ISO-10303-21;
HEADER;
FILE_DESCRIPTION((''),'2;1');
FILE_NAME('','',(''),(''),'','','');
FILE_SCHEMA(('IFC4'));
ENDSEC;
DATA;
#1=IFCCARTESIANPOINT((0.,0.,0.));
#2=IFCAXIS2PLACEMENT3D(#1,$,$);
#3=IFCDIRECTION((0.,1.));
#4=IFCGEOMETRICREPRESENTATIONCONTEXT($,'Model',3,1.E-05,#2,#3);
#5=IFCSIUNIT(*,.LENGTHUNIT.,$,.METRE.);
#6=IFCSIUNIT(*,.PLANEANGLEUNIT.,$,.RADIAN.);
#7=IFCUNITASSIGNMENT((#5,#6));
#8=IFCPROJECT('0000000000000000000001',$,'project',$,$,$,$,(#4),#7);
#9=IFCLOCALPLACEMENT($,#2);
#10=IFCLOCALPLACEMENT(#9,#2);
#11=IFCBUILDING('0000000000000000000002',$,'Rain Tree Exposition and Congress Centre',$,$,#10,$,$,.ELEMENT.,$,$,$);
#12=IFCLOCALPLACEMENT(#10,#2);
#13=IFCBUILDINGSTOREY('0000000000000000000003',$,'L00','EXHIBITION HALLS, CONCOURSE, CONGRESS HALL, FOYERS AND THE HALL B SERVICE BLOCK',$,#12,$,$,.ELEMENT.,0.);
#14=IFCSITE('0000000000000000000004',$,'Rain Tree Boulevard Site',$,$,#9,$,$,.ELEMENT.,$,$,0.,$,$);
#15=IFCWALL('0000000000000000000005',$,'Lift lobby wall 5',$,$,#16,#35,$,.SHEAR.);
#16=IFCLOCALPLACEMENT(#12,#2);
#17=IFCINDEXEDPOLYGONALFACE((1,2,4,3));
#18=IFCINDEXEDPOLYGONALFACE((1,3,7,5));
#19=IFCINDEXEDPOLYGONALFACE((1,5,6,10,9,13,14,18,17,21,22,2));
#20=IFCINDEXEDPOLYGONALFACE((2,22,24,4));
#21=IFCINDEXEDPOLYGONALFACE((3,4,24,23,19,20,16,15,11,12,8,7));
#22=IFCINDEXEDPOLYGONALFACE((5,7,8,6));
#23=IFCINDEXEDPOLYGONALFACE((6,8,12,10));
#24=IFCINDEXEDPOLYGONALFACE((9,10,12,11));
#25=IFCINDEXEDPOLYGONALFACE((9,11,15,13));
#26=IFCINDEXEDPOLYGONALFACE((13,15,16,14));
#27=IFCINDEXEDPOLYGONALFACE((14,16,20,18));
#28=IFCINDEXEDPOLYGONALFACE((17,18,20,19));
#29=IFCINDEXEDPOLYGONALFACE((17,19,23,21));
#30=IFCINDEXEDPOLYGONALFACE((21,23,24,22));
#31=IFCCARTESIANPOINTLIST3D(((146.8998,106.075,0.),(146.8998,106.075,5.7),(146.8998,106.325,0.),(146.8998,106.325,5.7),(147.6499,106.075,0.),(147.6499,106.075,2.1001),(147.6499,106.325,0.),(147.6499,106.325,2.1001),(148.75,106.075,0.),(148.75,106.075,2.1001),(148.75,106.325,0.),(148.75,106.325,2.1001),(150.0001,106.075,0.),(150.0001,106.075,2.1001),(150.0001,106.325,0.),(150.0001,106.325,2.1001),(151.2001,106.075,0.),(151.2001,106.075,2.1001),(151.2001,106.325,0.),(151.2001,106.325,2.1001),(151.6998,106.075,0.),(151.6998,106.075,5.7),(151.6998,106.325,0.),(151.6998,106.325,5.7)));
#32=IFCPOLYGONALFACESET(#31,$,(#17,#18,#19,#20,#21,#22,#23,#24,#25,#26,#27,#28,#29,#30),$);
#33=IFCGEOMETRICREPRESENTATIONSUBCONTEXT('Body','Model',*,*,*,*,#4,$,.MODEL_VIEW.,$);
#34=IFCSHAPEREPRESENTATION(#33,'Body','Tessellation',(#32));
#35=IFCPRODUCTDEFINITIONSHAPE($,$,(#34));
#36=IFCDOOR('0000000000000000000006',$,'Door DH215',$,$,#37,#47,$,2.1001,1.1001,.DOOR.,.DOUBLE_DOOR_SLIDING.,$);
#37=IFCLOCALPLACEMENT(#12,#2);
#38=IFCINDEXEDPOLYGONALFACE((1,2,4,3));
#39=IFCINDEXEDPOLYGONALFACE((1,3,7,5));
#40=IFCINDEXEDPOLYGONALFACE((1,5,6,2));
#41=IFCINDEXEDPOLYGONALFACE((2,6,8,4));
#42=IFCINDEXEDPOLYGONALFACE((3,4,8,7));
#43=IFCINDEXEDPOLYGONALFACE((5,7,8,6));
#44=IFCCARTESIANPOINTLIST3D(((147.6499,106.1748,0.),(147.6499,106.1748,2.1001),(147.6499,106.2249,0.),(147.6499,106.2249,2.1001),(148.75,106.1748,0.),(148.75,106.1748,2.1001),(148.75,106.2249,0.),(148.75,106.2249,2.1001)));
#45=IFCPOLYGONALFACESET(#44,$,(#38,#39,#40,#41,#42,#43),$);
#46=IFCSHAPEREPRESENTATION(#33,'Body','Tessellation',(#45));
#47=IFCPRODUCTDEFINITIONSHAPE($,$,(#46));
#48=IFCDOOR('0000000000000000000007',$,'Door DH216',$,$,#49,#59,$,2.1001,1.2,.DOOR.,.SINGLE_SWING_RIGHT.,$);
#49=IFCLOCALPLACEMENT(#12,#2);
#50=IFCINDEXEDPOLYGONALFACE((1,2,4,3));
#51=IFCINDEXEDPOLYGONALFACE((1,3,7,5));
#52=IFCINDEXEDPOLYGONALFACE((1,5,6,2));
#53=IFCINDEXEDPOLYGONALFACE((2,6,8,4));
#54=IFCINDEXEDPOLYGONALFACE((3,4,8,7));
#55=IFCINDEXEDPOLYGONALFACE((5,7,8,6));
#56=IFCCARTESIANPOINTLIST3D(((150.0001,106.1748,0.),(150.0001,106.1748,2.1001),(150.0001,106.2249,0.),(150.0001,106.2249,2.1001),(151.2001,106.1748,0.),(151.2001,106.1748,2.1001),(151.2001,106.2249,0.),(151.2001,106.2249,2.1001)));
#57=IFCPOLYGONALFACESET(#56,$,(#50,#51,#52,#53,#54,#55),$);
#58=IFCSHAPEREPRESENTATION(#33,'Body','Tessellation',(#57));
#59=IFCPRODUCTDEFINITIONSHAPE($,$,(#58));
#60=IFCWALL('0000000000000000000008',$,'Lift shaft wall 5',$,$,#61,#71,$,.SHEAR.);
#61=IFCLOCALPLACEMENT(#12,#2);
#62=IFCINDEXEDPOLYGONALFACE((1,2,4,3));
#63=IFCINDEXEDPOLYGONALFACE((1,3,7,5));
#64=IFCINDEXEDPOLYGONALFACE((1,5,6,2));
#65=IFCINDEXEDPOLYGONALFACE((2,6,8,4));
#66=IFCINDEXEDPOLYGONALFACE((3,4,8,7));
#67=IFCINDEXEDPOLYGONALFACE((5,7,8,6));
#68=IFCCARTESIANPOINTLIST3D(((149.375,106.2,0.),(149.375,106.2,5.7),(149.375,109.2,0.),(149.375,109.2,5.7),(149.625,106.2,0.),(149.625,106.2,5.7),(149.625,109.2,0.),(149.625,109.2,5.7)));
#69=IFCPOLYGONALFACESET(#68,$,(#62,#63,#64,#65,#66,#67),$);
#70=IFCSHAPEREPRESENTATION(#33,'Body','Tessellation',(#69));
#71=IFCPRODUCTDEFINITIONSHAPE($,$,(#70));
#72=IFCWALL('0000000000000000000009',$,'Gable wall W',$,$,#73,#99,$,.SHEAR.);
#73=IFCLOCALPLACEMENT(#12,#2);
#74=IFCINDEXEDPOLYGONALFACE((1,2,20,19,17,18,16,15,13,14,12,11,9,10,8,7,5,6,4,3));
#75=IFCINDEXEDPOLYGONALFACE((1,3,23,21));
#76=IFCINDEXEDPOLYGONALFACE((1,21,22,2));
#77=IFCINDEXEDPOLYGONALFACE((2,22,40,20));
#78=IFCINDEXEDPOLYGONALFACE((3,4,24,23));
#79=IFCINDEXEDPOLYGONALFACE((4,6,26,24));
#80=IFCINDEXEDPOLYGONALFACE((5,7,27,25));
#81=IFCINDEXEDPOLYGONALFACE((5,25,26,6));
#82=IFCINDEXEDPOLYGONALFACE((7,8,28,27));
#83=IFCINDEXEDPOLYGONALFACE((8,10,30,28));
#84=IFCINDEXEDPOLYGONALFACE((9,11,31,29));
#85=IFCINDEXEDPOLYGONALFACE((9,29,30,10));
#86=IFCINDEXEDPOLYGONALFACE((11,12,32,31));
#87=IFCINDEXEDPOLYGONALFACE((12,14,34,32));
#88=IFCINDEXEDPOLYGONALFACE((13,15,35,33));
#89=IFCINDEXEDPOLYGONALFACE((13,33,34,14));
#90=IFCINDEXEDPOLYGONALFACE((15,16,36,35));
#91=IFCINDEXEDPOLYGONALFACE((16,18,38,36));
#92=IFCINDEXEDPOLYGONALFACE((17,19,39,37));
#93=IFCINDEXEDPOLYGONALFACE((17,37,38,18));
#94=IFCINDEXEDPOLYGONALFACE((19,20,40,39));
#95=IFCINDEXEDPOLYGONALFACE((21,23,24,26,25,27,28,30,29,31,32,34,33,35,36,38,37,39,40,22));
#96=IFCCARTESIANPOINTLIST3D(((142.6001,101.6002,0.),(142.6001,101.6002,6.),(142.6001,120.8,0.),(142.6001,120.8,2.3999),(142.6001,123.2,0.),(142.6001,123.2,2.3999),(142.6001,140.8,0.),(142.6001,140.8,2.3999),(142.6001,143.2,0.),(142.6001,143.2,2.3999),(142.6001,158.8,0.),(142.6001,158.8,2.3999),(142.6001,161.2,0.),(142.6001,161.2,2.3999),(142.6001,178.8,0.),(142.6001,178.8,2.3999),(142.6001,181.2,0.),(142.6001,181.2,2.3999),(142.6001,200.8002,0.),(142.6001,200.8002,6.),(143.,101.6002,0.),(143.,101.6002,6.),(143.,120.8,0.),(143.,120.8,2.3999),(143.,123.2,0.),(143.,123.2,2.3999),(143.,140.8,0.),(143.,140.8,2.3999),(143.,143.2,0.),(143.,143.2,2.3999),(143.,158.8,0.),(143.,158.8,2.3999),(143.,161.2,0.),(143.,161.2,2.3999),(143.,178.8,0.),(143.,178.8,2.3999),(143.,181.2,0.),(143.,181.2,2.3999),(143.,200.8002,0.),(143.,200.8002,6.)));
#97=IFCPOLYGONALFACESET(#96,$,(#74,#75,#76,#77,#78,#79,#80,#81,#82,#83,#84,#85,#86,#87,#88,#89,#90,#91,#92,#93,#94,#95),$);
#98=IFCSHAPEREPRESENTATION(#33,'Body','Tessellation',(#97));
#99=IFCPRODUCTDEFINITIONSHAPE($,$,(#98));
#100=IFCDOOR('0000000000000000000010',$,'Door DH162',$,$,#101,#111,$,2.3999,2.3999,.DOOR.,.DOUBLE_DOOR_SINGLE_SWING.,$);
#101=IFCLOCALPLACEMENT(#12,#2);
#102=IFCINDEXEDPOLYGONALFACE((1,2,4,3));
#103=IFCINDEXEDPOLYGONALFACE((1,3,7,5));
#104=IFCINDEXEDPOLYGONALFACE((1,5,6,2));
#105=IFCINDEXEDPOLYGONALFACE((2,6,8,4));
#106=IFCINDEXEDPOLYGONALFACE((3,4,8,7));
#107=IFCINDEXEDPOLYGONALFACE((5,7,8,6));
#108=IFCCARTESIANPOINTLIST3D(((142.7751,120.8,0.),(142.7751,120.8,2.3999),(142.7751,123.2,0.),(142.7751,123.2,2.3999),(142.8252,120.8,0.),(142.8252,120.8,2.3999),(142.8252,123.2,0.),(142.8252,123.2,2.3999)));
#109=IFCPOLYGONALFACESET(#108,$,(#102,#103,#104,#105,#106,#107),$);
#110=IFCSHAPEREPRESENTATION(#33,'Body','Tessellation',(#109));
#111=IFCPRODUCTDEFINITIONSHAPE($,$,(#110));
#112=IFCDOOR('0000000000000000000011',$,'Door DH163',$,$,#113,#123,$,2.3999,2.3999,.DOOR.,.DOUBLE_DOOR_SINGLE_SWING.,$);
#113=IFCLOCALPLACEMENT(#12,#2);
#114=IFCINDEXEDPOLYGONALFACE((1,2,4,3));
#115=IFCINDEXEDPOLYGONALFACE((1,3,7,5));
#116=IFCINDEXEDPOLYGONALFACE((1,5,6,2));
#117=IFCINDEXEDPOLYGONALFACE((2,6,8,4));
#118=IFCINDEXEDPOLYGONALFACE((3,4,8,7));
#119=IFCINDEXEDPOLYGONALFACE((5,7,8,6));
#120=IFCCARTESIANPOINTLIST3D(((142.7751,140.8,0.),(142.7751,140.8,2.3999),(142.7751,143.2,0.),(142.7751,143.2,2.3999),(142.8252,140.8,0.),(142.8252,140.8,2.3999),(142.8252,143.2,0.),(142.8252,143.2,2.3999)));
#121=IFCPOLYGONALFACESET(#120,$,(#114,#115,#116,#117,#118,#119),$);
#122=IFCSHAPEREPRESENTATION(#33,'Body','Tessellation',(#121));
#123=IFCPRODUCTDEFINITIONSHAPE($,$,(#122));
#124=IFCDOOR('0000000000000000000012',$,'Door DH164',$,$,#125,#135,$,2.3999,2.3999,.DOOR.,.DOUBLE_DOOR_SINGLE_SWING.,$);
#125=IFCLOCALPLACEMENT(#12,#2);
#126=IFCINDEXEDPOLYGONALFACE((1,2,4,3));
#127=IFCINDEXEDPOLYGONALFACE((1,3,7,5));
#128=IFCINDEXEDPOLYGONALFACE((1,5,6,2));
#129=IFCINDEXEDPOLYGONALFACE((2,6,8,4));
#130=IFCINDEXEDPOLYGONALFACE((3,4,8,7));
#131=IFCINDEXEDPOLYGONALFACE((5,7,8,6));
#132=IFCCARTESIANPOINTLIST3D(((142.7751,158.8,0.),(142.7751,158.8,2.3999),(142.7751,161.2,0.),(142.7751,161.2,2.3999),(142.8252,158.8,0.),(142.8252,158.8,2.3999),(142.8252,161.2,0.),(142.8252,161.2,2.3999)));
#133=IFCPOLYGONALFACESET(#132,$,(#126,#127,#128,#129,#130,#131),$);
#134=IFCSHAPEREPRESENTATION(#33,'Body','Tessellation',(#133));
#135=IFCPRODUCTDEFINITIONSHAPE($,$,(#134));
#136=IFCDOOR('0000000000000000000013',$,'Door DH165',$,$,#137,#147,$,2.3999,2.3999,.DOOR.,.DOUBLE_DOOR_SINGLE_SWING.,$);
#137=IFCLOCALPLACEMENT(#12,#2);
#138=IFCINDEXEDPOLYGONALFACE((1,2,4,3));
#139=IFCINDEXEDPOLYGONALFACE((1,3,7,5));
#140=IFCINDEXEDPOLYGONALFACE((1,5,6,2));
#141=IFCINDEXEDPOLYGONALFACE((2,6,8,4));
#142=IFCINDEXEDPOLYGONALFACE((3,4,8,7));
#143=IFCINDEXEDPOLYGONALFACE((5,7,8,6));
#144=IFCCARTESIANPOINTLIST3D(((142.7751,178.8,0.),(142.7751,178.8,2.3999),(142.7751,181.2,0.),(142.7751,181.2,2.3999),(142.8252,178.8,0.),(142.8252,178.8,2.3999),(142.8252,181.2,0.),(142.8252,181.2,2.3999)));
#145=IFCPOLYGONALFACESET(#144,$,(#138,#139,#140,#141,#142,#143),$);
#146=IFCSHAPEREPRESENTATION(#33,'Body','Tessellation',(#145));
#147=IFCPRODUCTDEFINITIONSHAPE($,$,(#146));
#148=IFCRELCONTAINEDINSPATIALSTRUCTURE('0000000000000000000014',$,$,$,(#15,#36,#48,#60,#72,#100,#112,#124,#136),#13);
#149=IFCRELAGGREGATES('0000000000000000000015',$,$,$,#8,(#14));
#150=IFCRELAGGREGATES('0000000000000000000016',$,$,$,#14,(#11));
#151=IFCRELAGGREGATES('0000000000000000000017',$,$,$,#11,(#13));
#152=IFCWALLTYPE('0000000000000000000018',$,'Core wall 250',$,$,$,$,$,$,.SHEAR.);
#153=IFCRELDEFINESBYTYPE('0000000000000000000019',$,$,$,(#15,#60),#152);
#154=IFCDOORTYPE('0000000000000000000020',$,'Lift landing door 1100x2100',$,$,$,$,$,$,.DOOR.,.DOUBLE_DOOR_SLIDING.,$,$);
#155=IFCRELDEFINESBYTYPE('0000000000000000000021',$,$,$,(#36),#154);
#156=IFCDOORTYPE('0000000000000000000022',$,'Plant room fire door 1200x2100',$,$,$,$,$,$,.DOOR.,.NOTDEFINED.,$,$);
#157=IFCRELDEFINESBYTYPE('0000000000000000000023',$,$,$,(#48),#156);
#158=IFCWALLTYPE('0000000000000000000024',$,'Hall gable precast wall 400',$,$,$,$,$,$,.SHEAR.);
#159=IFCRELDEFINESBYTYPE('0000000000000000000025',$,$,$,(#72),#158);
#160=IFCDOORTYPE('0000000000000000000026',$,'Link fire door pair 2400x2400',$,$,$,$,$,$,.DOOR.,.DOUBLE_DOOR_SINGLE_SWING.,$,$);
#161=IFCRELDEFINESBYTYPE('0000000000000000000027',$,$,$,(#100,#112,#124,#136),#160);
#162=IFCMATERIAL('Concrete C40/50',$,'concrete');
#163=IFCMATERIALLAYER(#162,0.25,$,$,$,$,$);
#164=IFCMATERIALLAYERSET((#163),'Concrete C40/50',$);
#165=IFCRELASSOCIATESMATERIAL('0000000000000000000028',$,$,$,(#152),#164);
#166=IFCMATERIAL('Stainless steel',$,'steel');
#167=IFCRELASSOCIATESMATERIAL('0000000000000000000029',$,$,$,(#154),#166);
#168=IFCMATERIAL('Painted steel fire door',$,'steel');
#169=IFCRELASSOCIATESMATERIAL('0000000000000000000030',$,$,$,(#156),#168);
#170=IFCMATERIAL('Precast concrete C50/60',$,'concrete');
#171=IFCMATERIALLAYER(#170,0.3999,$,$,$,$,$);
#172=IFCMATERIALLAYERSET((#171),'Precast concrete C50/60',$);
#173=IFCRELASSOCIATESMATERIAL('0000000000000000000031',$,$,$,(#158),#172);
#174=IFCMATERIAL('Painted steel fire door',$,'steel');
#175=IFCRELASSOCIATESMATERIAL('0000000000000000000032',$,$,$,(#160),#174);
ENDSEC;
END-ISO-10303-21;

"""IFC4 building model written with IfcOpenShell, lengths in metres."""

from ifc_helpers import new_model, si_unit, direction, frame, frame_2d, origin, place, context, subcontext, project, spatial, rectangle, extrude, material, layer, layer_set, type_object, element, fill, save


model = new_model("IFC4")

# Units and contexts
model_context = context("Model", 3, precision=1e-05, world=origin(), true_north=direction((0.0, 1.0)))
body_context = subcontext(model_context, "Body", "Model", "MODEL_VIEW")
ifc_project = project(units=[si_unit("LENGTHUNIT", "METRE"), si_unit("PLANEANGLEUNIT", "RADIAN")], contexts=[model_context])

# Site, building, storey
site_placement = place(None, origin())
site = spatial("IfcSite", under=ifc_project, at=site_placement, Name="Rain Tree Boulevard Site", CompositionType="ELEMENT", RefElevation=0.0)
building_placement = place(site_placement, origin())
building = spatial("IfcBuilding", under=site, at=building_placement, Name="Rain Tree Exposition and Congress Centre", CompositionType="ELEMENT")
storey_placement = place(building_placement, origin())
storey = spatial("IfcBuildingStorey", under=building, at=storey_placement, Name="L00", Description="EXHIBITION HALLS, CONCOURSE, CONGRESS HALL, FOYERS AND THE HALL B SERVICE BLOCK", CompositionType="ELEMENT", Elevation=0.0)

# Shared definitions
ifc_material_1 = material(Name="Concrete C40/50", Category="concrete")
ifc_layer_1 = layer(ifc_material_1, 0.25)
ifc_layer_set_1 = layer_set([ifc_layer_1], Name="Concrete C40/50")
wall_type_1 = type_object("IfcWallType", Name="Core wall 250", PredefinedType="SHEAR", material=ifc_layer_set_1)

# Wall, openings, doors
wall_1_placement = place(storey_placement, frame((146.8999, 106.2, 0.0), z_axis=(0.0, 0.0, 1.0), x_axis=(1.0, 0.0, 0.0)))
wall_1 = element("IfcWall", 1, at=wall_1_placement, inside=storey, type_object=wall_type_1, Name="Lift lobby wall 5", PredefinedType="SHEAR", context=body_context, shape_type="SweptSolid", body=[
    extrude(rectangle(XDim=4.8, YDim=0.25, at=frame_2d((2.3999, 0.0))), origin(), (0.0, 0.0, 1.0), 5.7),
])
opening_1_placement = place(wall_1_placement, frame((0.75, 0.0, 0.0)))
opening_1 = element("IfcOpeningElement", 2, at=opening_1_placement, cuts=wall_1, PredefinedType="OPENING", context=body_context, shape_type="SweptSolid", body=[
    extrude(rectangle(XDim=1.1001, YDim=2.1001, at=frame_2d((0.55, 1.05))), frame((0.0, 0.125, 0.0), z_axis=(0.0, -1.0, 0.0), x_axis=(1.0, 0.0, 0.0)), (0.0, 0.0, 1.0), 0.25),
])
opening_2_placement = place(wall_1_placement, frame((3.1001, 0.0, 0.0)))
opening_2 = element("IfcOpeningElement", 3, at=opening_2_placement, cuts=wall_1, PredefinedType="OPENING", context=body_context, shape_type="SweptSolid", body=[
    extrude(rectangle(XDim=1.2, YDim=2.1001, at=frame_2d((0.6001, 1.05))), frame((0.0, 0.125, 0.0), z_axis=(0.0, -1.0, 0.0), x_axis=(1.0, 0.0, 0.0)), (0.0, 0.0, 1.0), 0.25),
])
ifc_material_2 = material(Name="Stainless steel", Category="steel")
door_type_1 = type_object("IfcDoorType", Name="Lift landing door 1100x2100", OperationType="DOUBLE_DOOR_SLIDING", PredefinedType="DOOR", material=ifc_material_2)
door_1_placement = place(opening_1_placement, origin())
door_1 = element("IfcDoor", 4, at=door_1_placement, inside=storey, type_object=door_type_1, Name="Door DH215", OperationType="DOUBLE_DOOR_SLIDING", OverallHeight=2.1001, OverallWidth=1.1001, PredefinedType="DOOR", context=body_context, shape_type="SweptSolid", body=[
    extrude(rectangle(XDim=1.1001, YDim=2.1001, at=frame_2d((0.55, 1.05))), frame((0.0, 0.0249, 0.0), z_axis=(0.0, -1.0, 0.0), x_axis=(1.0, 0.0, 0.0)), (0.0, 0.0, 1.0), 0.05),
])
fill(opening_1, door_1)
ifc_material_3 = material(Name="Painted steel fire door", Category="steel")
door_type_2 = type_object("IfcDoorType", Name="Plant room fire door 1200x2100", OperationType="NOTDEFINED", PredefinedType="DOOR", material=ifc_material_3)
door_2_placement = place(opening_2_placement, origin())
door_2 = element("IfcDoor", 5, at=door_2_placement, inside=storey, type_object=door_type_2, Name="Door DH216", OperationType="SINGLE_SWING_RIGHT", OverallHeight=2.1001, OverallWidth=1.2, PredefinedType="DOOR", context=body_context, shape_type="SweptSolid", body=[
    extrude(rectangle(XDim=1.2, YDim=2.1001, at=frame_2d((0.6001, 1.05))), frame((0.0, 0.0249, 0.0), z_axis=(0.0, -1.0, 0.0), x_axis=(1.0, 0.0, 0.0)), (0.0, 0.0, 1.0), 0.05),
])
fill(opening_2, door_2)

# Wall
wall_2_placement = place(storey_placement, frame((149.5, 106.2, 0.0), z_axis=(0.0, 0.0, 1.0), x_axis=(0.0, 1.0, 0.0)))
element("IfcWall", 6, at=wall_2_placement, inside=storey, type_object=wall_type_1, Name="Lift shaft wall 5", PredefinedType="SHEAR", context=body_context, shape_type="SweptSolid", body=[
    extrude(rectangle(XDim=3.0, YDim=0.25, at=frame_2d((1.5, 0.0))), origin(), (0.0, 0.0, 1.0), 5.7),
])

# Wall, openings, doors
ifc_material_4 = material(Name="Precast concrete C50/60", Category="concrete")
ifc_layer_2 = layer(ifc_material_4, 0.3999)
ifc_layer_set_2 = layer_set([ifc_layer_2], Name="Precast concrete C50/60")
wall_type_2 = type_object("IfcWallType", Name="Hall gable precast wall 400", PredefinedType="SHEAR", material=ifc_layer_set_2)
wall_3_placement = place(storey_placement, frame((142.8, 101.6001, 0.0), z_axis=(0.0, 0.0, 1.0), x_axis=(0.0, 1.0, 0.0)))
wall_3 = element("IfcWall", 7, at=wall_3_placement, inside=storey, type_object=wall_type_2, Name="Gable wall W", PredefinedType="SHEAR", context=body_context, shape_type="SweptSolid", body=[
    extrude(rectangle(XDim=99.2, YDim=0.3999, at=frame_2d((49.6001, 0.0))), origin(), (0.0, 0.0, 1.0), 6.0),
])
opening_3_placement = place(wall_3_placement, frame((19.2, 0.0, 0.0)))
opening_3 = element("IfcOpeningElement", 8, at=opening_3_placement, cuts=wall_3, PredefinedType="OPENING", context=body_context, shape_type="SweptSolid", body=[
    extrude(rectangle(XDim=2.3999, YDim=2.3999, at=frame_2d((1.2, 1.2))), frame((0.0, 0.2, 0.0), z_axis=(0.0, -1.0, 0.0), x_axis=(1.0, 0.0, 0.0)), (0.0, 0.0, 1.0), 0.3999),
])
opening_4_placement = place(wall_3_placement, frame((39.2, 0.0, 0.0)))
opening_4 = element("IfcOpeningElement", 9, at=opening_4_placement, cuts=wall_3, PredefinedType="OPENING", context=body_context, shape_type="SweptSolid", body=[
    extrude(rectangle(XDim=2.3999, YDim=2.3999, at=frame_2d((1.2, 1.2))), frame((0.0, 0.2, 0.0), z_axis=(0.0, -1.0, 0.0), x_axis=(1.0, 0.0, 0.0)), (0.0, 0.0, 1.0), 0.3999),
])
opening_5_placement = place(wall_3_placement, frame((57.2, 0.0, 0.0)))
opening_5 = element("IfcOpeningElement", 10, at=opening_5_placement, cuts=wall_3, PredefinedType="OPENING", context=body_context, shape_type="SweptSolid", body=[
    extrude(rectangle(XDim=2.3999, YDim=2.3999, at=frame_2d((1.2, 1.2))), frame((0.0, 0.2, 0.0), z_axis=(0.0, -1.0, 0.0), x_axis=(1.0, 0.0, 0.0)), (0.0, 0.0, 1.0), 0.3999),
])
opening_6_placement = place(wall_3_placement, frame((77.2, 0.0, 0.0)))
opening_6 = element("IfcOpeningElement", 11, at=opening_6_placement, cuts=wall_3, PredefinedType="OPENING", context=body_context, shape_type="SweptSolid", body=[
    extrude(rectangle(XDim=2.3999, YDim=2.3999, at=frame_2d((1.2, 1.2))), frame((0.0, 0.2, 0.0), z_axis=(0.0, -1.0, 0.0), x_axis=(1.0, 0.0, 0.0)), (0.0, 0.0, 1.0), 0.3999),
])
ifc_material_5 = material(Name="Painted steel fire door", Category="steel")
door_type_3 = type_object("IfcDoorType", Name="Link fire door pair 2400x2400", OperationType="DOUBLE_DOOR_SINGLE_SWING", PredefinedType="DOOR", material=ifc_material_5)
door_3_placement = place(opening_3_placement, origin())
door_3 = element("IfcDoor", 12, at=door_3_placement, inside=storey, type_object=door_type_3, Name="Door DH162", OperationType="DOUBLE_DOOR_SINGLE_SWING", OverallHeight=2.3999, OverallWidth=2.3999, PredefinedType="DOOR", context=body_context, shape_type="SweptSolid", body=[
    extrude(rectangle(XDim=2.3999, YDim=2.3999, at=frame_2d((1.2, 1.2))), frame((0.0, 0.0249, 0.0), z_axis=(0.0, -1.0, 0.0), x_axis=(1.0, 0.0, 0.0)), (0.0, 0.0, 1.0), 0.05),
])
fill(opening_3, door_3)
door_4_placement = place(opening_4_placement, origin())
door_4 = element("IfcDoor", 13, at=door_4_placement, inside=storey, type_object=door_type_3, Name="Door DH163", OperationType="DOUBLE_DOOR_SINGLE_SWING", OverallHeight=2.3999, OverallWidth=2.3999, PredefinedType="DOOR", context=body_context, shape_type="SweptSolid", body=[
    extrude(rectangle(XDim=2.3999, YDim=2.3999, at=frame_2d((1.2, 1.2))), frame((0.0, 0.0249, 0.0), z_axis=(0.0, -1.0, 0.0), x_axis=(1.0, 0.0, 0.0)), (0.0, 0.0, 1.0), 0.05),
])
fill(opening_4, door_4)
door_5_placement = place(opening_5_placement, origin())
door_5 = element("IfcDoor", 14, at=door_5_placement, inside=storey, type_object=door_type_3, Name="Door DH164", OperationType="DOUBLE_DOOR_SINGLE_SWING", OverallHeight=2.3999, OverallWidth=2.3999, PredefinedType="DOOR", context=body_context, shape_type="SweptSolid", body=[
    extrude(rectangle(XDim=2.3999, YDim=2.3999, at=frame_2d((1.2, 1.2))), frame((0.0, 0.0249, 0.0), z_axis=(0.0, -1.0, 0.0), x_axis=(1.0, 0.0, 0.0)), (0.0, 0.0, 1.0), 0.05),
])
fill(opening_5, door_5)
door_6_placement = place(opening_6_placement, origin())
door_6 = element("IfcDoor", 15, at=door_6_placement, inside=storey, type_object=door_type_3, Name="Door DH165", OperationType="DOUBLE_DOOR_SINGLE_SWING", OverallHeight=2.3999, OverallWidth=2.3999, PredefinedType="DOOR", context=body_context, shape_type="SweptSolid", body=[
    extrude(rectangle(XDim=2.3999, YDim=2.3999, at=frame_2d((1.2, 1.2))), frame((0.0, 0.0249, 0.0), z_axis=(0.0, -1.0, 0.0), x_axis=(1.0, 0.0, 0.0)), (0.0, 0.0, 1.0), 0.05),
])
fill(opening_6, door_6)

save(model, "model.ifc")
